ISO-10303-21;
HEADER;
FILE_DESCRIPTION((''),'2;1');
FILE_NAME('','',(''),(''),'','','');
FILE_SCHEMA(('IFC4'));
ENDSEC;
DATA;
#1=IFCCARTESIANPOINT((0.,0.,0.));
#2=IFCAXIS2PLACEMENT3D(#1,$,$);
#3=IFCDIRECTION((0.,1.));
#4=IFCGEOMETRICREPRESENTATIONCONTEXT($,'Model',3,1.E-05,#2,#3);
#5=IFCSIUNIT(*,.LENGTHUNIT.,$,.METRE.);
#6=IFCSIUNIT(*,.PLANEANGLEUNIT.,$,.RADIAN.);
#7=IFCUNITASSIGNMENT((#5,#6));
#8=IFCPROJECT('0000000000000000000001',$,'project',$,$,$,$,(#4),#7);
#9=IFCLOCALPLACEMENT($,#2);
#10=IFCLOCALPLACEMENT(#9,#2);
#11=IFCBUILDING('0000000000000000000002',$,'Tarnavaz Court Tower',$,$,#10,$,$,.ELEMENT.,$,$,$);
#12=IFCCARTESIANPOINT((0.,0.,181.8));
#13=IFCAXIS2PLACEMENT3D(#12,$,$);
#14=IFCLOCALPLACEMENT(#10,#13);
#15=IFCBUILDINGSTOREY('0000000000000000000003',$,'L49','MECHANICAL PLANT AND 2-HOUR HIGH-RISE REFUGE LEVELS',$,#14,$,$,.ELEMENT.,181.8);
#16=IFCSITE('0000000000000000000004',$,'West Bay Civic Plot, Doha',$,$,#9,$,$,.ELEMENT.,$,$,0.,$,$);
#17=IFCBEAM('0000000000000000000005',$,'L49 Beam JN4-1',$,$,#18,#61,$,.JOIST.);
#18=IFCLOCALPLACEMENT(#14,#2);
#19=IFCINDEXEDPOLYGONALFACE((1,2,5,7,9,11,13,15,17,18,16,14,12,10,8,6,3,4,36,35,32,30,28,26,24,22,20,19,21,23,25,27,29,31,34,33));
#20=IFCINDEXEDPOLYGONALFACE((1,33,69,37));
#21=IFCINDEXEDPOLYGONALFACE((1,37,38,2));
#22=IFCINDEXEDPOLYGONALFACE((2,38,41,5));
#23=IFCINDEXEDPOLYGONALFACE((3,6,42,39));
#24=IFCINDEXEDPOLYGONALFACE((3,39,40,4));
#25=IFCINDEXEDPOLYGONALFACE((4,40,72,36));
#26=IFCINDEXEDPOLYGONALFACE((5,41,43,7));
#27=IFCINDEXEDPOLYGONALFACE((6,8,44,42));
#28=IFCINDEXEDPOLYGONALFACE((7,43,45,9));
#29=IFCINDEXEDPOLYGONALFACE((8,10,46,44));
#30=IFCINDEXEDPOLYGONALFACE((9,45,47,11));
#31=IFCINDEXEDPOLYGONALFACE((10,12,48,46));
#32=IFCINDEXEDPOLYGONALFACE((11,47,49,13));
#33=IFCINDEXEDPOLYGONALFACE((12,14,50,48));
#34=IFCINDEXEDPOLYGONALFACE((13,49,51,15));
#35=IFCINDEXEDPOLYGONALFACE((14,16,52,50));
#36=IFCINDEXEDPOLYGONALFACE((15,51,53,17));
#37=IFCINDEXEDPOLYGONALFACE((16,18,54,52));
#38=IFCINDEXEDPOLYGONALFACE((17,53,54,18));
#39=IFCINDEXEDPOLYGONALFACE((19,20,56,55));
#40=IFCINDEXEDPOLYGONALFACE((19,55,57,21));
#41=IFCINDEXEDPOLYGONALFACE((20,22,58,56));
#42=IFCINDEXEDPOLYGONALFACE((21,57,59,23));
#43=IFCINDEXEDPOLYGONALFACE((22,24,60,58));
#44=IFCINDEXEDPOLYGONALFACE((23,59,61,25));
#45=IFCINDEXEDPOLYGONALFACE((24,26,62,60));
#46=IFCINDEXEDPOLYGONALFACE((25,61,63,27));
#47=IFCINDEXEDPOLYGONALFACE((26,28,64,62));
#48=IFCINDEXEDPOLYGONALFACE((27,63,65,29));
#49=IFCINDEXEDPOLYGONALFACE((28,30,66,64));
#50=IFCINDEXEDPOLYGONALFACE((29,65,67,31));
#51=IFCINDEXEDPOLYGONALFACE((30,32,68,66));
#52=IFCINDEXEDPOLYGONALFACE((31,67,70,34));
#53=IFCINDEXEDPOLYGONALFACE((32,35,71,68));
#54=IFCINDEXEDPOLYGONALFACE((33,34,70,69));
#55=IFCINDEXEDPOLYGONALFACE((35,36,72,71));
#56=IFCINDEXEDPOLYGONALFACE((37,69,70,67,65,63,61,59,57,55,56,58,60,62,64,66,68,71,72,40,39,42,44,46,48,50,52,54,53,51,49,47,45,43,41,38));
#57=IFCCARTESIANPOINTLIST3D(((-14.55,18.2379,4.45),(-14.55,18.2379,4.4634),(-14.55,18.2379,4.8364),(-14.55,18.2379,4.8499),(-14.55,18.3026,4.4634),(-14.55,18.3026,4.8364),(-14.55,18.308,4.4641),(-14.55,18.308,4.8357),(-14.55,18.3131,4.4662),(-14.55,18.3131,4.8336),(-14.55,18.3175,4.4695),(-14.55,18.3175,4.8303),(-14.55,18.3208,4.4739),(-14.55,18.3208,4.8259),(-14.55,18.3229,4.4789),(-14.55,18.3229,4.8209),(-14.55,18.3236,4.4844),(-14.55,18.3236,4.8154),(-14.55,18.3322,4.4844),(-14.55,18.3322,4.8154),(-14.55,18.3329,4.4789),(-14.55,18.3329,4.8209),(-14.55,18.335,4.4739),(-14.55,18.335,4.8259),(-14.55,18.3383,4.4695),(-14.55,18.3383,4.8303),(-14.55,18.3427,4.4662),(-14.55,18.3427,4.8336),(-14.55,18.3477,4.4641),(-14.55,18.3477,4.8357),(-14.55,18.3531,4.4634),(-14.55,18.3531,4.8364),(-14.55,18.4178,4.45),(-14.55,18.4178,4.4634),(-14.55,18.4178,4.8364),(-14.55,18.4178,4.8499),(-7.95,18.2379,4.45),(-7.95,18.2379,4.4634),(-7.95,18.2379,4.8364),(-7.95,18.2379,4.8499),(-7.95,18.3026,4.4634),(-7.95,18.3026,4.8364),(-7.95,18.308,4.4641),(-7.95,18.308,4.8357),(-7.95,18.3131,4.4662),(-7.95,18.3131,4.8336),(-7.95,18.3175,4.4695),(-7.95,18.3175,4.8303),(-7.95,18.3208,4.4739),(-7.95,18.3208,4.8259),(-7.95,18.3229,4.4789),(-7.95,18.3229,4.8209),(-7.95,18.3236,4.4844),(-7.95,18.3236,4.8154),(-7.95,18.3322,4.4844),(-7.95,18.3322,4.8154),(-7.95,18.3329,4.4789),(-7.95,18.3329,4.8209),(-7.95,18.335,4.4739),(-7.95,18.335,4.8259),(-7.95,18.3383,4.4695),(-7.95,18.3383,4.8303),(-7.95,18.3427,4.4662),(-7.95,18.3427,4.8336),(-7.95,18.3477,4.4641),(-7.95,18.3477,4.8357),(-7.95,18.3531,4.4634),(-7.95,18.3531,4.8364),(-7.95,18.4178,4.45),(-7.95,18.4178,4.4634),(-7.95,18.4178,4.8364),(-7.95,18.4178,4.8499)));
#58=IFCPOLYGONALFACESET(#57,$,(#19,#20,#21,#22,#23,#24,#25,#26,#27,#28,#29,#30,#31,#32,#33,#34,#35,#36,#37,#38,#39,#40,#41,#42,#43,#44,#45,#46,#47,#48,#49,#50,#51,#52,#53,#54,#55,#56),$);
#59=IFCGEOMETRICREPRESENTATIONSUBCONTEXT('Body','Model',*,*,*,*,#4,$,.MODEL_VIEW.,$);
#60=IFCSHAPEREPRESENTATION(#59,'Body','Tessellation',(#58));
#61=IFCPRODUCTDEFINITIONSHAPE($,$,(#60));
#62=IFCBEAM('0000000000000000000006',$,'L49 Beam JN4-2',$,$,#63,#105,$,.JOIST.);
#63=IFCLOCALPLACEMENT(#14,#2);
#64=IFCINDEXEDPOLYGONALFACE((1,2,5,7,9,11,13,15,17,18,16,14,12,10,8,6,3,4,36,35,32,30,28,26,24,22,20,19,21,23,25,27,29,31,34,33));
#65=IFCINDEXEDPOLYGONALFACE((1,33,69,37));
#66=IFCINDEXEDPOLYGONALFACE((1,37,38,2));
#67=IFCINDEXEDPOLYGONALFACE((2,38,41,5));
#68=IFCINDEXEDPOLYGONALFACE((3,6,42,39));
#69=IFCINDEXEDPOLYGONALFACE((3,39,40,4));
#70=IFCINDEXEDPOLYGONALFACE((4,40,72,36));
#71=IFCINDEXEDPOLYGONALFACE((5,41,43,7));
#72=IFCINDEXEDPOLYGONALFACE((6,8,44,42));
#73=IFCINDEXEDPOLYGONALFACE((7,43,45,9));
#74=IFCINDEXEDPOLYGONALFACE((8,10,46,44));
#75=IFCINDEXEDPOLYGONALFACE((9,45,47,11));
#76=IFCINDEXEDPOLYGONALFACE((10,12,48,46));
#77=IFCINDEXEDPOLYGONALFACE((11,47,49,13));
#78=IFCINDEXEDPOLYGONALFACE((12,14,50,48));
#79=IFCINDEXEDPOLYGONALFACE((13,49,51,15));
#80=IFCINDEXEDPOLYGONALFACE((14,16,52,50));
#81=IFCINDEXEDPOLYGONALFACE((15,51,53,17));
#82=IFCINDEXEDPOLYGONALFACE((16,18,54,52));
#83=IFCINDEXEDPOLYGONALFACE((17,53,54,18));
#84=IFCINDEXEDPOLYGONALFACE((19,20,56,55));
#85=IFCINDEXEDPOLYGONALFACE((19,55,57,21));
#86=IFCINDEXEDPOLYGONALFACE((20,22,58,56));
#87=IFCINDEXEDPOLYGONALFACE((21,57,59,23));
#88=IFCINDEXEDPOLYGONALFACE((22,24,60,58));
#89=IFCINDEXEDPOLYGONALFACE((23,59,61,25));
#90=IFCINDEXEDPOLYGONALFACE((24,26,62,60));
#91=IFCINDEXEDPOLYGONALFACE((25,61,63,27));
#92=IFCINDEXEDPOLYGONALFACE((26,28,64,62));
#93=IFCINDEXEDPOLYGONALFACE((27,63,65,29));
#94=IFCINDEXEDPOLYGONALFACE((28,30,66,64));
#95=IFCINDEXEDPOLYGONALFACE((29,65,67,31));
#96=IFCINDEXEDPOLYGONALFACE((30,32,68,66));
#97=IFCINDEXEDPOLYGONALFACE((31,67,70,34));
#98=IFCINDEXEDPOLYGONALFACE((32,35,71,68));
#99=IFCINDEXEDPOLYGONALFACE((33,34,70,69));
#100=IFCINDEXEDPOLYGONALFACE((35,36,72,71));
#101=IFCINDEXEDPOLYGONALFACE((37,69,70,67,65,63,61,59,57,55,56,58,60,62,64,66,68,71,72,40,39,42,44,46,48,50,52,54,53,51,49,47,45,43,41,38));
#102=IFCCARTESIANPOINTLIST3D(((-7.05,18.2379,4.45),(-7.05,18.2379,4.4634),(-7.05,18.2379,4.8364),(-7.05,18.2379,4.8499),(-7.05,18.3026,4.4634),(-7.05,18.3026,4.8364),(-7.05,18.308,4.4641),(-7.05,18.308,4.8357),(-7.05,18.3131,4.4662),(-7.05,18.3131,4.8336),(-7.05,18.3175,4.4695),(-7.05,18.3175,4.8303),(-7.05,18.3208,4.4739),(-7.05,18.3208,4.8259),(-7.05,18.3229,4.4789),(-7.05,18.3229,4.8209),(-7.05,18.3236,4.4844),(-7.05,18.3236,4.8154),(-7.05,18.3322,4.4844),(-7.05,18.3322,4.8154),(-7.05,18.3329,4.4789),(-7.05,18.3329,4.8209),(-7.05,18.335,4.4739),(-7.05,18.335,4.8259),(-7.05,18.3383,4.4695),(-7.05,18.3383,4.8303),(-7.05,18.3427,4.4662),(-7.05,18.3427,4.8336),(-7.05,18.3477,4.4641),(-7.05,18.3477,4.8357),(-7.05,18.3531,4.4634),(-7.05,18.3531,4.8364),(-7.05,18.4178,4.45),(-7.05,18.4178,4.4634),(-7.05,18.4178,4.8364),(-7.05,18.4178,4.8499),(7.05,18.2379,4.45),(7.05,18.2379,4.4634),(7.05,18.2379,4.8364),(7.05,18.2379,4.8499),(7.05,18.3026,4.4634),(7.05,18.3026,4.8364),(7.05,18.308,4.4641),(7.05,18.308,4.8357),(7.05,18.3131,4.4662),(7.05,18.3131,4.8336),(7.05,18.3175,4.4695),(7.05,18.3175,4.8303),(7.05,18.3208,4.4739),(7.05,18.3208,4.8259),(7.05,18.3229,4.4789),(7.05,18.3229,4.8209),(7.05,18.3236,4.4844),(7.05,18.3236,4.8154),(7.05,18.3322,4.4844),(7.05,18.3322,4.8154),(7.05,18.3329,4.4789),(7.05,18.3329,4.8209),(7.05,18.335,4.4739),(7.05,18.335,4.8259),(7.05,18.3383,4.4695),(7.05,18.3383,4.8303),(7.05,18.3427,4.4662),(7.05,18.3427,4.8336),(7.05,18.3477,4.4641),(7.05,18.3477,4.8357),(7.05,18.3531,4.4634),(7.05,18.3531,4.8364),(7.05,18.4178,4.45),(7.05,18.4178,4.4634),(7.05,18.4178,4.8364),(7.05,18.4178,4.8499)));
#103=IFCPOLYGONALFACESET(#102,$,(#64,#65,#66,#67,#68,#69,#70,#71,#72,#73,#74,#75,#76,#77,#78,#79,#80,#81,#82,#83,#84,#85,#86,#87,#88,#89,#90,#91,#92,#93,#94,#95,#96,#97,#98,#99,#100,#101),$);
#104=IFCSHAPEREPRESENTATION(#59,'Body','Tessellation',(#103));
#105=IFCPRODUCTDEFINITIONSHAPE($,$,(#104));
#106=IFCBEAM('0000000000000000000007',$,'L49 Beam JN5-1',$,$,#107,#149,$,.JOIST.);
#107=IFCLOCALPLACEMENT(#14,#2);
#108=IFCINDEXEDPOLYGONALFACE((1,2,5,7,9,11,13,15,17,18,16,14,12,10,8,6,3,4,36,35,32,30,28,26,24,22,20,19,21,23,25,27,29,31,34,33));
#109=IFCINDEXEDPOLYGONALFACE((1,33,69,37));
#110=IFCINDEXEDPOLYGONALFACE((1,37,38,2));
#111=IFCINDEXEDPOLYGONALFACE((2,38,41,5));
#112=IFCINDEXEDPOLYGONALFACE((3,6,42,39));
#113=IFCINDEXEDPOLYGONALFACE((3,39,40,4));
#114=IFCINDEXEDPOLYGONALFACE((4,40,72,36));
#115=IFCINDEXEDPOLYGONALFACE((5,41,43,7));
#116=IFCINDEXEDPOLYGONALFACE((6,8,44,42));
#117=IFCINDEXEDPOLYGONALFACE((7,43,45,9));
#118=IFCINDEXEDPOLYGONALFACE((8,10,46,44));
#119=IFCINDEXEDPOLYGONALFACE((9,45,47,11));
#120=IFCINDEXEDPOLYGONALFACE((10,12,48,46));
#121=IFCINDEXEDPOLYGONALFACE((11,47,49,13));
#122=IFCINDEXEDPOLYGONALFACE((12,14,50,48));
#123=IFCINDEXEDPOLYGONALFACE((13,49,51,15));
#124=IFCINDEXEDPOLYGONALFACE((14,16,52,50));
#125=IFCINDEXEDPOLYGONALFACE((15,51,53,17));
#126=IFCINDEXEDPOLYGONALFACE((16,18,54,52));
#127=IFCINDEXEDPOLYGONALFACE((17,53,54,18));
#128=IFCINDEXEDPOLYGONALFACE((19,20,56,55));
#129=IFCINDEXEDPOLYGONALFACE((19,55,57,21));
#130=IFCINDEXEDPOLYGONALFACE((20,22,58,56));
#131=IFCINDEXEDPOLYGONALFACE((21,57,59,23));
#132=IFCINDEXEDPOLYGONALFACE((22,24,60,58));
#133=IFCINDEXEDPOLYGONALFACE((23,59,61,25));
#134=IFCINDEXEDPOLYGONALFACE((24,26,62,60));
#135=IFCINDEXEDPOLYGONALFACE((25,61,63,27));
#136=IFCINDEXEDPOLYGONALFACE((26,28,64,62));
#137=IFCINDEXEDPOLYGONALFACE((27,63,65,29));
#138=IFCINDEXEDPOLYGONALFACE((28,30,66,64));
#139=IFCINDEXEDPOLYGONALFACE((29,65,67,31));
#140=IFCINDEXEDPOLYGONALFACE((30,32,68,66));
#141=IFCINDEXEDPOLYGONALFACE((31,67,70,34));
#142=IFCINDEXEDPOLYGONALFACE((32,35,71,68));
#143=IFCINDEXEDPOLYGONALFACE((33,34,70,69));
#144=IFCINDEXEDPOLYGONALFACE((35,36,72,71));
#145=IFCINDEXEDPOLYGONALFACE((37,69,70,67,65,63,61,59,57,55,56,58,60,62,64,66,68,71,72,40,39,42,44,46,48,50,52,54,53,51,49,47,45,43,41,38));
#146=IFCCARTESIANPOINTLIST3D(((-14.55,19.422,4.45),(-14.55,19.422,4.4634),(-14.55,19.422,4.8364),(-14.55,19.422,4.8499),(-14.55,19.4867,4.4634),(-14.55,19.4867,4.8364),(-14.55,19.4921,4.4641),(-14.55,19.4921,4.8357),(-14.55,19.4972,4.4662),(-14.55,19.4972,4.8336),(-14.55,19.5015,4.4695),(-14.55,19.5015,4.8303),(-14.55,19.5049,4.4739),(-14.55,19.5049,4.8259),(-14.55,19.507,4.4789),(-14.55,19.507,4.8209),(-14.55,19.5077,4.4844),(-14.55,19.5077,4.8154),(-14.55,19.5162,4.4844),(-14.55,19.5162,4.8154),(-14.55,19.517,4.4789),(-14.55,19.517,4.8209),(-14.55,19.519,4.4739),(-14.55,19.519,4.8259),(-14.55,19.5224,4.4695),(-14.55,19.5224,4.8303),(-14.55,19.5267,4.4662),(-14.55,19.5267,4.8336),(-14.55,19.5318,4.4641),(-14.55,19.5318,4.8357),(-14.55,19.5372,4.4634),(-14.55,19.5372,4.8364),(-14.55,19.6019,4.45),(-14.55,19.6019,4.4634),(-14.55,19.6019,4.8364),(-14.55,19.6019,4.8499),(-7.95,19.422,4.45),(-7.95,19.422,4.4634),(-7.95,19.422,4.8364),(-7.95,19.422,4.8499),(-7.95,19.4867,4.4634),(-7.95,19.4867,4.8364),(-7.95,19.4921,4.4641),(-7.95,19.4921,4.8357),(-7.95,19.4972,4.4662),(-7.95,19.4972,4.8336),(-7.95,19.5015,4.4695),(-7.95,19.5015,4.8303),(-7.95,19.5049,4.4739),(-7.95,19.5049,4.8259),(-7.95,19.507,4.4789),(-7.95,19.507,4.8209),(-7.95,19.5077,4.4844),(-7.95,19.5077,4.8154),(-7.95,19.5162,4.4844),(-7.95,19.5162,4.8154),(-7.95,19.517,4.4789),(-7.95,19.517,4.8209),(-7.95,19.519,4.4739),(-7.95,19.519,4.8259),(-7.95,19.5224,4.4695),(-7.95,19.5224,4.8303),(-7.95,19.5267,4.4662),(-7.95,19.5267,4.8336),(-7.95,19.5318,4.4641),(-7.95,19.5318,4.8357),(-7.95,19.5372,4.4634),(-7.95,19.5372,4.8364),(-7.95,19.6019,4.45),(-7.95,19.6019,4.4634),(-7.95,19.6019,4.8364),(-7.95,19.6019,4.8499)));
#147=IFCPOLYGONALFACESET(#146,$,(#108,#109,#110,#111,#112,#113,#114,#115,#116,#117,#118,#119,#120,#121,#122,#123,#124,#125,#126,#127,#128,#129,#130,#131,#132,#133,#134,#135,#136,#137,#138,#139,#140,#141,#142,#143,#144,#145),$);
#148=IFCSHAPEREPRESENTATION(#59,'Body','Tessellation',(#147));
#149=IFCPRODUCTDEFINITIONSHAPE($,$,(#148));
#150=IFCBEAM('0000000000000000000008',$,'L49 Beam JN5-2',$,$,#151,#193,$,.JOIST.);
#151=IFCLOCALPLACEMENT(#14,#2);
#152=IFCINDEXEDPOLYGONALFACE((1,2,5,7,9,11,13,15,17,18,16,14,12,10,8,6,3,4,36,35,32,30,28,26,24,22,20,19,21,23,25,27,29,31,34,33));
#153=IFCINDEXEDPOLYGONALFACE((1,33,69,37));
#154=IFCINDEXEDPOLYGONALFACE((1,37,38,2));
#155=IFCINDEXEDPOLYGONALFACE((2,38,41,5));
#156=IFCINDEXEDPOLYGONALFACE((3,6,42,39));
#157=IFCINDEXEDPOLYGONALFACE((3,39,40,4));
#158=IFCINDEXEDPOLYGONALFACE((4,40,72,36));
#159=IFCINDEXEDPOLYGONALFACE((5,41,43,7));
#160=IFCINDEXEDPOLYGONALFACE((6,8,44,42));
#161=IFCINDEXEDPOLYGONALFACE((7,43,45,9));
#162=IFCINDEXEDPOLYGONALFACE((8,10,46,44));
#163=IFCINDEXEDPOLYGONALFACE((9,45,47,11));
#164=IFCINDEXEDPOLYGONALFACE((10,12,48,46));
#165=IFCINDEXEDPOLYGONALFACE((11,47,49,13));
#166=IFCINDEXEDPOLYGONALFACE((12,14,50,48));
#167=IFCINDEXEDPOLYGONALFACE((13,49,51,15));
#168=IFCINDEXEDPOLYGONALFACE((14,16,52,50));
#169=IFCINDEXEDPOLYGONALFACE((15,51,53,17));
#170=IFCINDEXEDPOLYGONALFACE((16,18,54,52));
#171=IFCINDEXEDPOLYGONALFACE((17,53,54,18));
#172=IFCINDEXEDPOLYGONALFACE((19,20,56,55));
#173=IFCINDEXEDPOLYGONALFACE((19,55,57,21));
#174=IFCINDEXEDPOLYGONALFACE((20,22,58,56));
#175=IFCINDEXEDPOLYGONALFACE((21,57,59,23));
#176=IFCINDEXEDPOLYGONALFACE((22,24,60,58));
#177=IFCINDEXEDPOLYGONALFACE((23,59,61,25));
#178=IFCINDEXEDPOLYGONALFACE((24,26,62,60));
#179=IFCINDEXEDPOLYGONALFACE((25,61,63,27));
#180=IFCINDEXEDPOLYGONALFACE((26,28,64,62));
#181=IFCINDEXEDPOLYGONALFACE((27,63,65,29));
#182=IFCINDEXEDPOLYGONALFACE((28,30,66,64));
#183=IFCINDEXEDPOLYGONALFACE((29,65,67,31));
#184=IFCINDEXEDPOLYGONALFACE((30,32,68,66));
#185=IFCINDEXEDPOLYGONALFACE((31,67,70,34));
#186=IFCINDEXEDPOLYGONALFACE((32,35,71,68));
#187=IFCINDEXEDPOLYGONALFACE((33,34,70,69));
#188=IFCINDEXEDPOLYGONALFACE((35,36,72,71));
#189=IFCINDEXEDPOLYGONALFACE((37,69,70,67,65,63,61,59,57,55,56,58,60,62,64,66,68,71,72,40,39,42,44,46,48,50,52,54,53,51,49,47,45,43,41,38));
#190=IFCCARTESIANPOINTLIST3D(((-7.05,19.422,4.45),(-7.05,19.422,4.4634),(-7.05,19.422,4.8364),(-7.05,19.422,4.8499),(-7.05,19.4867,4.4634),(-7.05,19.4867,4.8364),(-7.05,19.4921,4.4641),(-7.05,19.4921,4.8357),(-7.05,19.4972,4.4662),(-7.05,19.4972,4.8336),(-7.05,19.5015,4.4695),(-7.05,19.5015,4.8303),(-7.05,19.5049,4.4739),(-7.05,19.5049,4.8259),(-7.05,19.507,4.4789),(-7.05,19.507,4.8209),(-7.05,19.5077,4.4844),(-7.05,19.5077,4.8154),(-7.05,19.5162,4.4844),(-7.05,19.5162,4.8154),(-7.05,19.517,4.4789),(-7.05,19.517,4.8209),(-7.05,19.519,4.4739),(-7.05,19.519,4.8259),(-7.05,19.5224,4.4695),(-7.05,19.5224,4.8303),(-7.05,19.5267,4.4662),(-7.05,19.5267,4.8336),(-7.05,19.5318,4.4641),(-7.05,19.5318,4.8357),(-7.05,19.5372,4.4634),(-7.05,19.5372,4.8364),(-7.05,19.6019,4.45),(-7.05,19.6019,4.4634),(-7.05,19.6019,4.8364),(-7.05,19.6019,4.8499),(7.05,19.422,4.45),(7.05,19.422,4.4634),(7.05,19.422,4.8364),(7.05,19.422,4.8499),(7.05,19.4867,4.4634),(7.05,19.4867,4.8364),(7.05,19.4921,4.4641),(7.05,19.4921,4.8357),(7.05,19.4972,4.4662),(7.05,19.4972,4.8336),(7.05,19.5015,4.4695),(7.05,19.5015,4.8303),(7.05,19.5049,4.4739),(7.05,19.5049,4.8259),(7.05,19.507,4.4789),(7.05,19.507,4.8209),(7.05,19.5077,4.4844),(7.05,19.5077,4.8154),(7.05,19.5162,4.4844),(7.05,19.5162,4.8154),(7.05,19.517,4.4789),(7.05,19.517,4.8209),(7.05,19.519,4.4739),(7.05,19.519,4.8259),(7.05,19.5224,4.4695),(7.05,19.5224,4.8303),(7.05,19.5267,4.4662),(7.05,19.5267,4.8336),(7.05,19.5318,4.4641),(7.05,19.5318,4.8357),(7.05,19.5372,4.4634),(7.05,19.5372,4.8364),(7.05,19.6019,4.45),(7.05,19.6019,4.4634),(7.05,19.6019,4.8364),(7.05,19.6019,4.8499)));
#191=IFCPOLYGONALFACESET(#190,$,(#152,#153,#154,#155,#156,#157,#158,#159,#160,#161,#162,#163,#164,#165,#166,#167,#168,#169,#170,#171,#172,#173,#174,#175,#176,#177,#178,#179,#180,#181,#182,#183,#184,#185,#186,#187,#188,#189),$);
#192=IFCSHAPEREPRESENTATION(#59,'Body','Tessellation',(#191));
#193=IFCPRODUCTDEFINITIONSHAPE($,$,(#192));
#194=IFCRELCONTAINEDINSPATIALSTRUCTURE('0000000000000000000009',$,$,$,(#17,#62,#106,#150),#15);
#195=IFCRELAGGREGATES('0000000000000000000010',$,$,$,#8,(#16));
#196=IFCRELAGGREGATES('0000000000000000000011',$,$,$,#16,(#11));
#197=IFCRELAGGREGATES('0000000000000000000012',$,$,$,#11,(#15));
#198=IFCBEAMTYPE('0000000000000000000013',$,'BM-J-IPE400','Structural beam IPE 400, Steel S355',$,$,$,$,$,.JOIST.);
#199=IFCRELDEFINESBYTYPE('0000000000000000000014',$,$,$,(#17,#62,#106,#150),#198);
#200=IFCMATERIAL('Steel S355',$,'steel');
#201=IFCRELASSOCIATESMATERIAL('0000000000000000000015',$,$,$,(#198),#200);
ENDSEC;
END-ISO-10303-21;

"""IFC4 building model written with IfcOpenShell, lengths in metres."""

from ifc_helpers import new_model, si_unit, direction, frame, origin, origin_2d, place, context, subcontext, project, spatial, i_section, extrude, material, material_profile, profile_set, type_object, element, save


model = new_model("IFC4")

# Units and contexts
model_context = context("Model", 3, precision=1e-05, world=origin(), true_north=direction((0.0, 1.0)))
body_context = subcontext(model_context, "Body", "Model", "MODEL_VIEW")
ifc_project = project(units=[si_unit("LENGTHUNIT", "METRE"), si_unit("PLANEANGLEUNIT", "RADIAN")], contexts=[model_context])

# Site, building, storey
site_placement = place(None, origin())
site = spatial("IfcSite", under=ifc_project, at=site_placement, Name="West Bay Civic Plot, Doha", CompositionType="ELEMENT", RefElevation=0.0)
building_placement = place(site_placement, origin())
building = spatial("IfcBuilding", under=site, at=building_placement, Name="Tarnavaz Court Tower", CompositionType="ELEMENT")
storey_placement = place(building_placement, frame((0.0, 0.0, 181.8)))
storey = spatial("IfcBuildingStorey", under=building, at=storey_placement, Name="L49", Description="MECHANICAL PLANT AND 2-HOUR HIGH-RISE REFUGE LEVELS", CompositionType="ELEMENT", Elevation=181.8)

# Beams
ifc_material_1 = material(Name="Steel S355", Category="steel")
ifc_material_profile_1 = material_profile(ifc_material_1, i_section(OverallWidth=0.1799, OverallDepth=0.3999, WebThickness=0.0085, FlangeThickness=0.0134, FilletRadius=0.021, at=origin_2d()), Name="IPE 400")
ifc_profile_set_1 = profile_set([ifc_material_profile_1], Name="Steel S355")
beam_type_1 = type_object("IfcBeamType", Name="BM-J-IPE400", Description="Structural beam IPE 400, Steel S355", PredefinedType="JOIST", material=ifc_profile_set_1)
beam_1_placement = place(storey_placement, frame((-14.55, 18.3279, 4.6499), z_axis=(1.0, 0.0, 0.0), x_axis=(0.0, 1.0, 0.0)))
element("IfcBeam", 1, at=beam_1_placement, inside=storey, type_object=beam_type_1, Name="L49 Beam JN4-1", PredefinedType="JOIST", context=body_context, shape_type="SweptSolid", body=[
    extrude(i_section(OverallWidth=0.1799, OverallDepth=0.3999, WebThickness=0.0085, FlangeThickness=0.0134, FilletRadius=0.021, at=origin_2d()), origin(), (0.0, 0.0, 1.0), 6.6001),
])
beam_2_placement = place(storey_placement, frame((-7.05, 18.3279, 4.6499), z_axis=(1.0, 0.0, 0.0), x_axis=(0.0, 1.0, 0.0)))
element("IfcBeam", 2, at=beam_2_placement, inside=storey, type_object=beam_type_1, Name="L49 Beam JN4-2", PredefinedType="JOIST", context=body_context, shape_type="SweptSolid", body=[
    extrude(i_section(OverallWidth=0.1799, OverallDepth=0.3999, WebThickness=0.0085, FlangeThickness=0.0134, FilletRadius=0.021, at=origin_2d()), origin(), (0.0, 0.0, 1.0), 14.1001),
])
beam_3_placement = place(storey_placement, frame((-14.55, 19.512, 4.6499), z_axis=(1.0, 0.0, 0.0), x_axis=(0.0, 1.0, 0.0)))
element("IfcBeam", 3, at=beam_3_placement, inside=storey, type_object=beam_type_1, Name="L49 Beam JN5-1", PredefinedType="JOIST", context=body_context, shape_type="SweptSolid", body=[
    extrude(i_section(OverallWidth=0.1799, OverallDepth=0.3999, WebThickness=0.0085, FlangeThickness=0.0134, FilletRadius=0.021, at=origin_2d()), origin(), (0.0, 0.0, 1.0), 6.6001),
])
beam_4_placement = place(storey_placement, frame((-7.05, 19.512, 4.6499), z_axis=(1.0, 0.0, 0.0), x_axis=(0.0, 1.0, 0.0)))
element("IfcBeam", 4, at=beam_4_placement, inside=storey, type_object=beam_type_1, Name="L49 Beam JN5-2", PredefinedType="JOIST", context=body_context, shape_type="SweptSolid", body=[
    extrude(i_section(OverallWidth=0.1799, OverallDepth=0.3999, WebThickness=0.0085, FlangeThickness=0.0134, FilletRadius=0.021, at=origin_2d()), origin(), (0.0, 0.0, 1.0), 14.1001),
])

save(model, "model.ifc")
